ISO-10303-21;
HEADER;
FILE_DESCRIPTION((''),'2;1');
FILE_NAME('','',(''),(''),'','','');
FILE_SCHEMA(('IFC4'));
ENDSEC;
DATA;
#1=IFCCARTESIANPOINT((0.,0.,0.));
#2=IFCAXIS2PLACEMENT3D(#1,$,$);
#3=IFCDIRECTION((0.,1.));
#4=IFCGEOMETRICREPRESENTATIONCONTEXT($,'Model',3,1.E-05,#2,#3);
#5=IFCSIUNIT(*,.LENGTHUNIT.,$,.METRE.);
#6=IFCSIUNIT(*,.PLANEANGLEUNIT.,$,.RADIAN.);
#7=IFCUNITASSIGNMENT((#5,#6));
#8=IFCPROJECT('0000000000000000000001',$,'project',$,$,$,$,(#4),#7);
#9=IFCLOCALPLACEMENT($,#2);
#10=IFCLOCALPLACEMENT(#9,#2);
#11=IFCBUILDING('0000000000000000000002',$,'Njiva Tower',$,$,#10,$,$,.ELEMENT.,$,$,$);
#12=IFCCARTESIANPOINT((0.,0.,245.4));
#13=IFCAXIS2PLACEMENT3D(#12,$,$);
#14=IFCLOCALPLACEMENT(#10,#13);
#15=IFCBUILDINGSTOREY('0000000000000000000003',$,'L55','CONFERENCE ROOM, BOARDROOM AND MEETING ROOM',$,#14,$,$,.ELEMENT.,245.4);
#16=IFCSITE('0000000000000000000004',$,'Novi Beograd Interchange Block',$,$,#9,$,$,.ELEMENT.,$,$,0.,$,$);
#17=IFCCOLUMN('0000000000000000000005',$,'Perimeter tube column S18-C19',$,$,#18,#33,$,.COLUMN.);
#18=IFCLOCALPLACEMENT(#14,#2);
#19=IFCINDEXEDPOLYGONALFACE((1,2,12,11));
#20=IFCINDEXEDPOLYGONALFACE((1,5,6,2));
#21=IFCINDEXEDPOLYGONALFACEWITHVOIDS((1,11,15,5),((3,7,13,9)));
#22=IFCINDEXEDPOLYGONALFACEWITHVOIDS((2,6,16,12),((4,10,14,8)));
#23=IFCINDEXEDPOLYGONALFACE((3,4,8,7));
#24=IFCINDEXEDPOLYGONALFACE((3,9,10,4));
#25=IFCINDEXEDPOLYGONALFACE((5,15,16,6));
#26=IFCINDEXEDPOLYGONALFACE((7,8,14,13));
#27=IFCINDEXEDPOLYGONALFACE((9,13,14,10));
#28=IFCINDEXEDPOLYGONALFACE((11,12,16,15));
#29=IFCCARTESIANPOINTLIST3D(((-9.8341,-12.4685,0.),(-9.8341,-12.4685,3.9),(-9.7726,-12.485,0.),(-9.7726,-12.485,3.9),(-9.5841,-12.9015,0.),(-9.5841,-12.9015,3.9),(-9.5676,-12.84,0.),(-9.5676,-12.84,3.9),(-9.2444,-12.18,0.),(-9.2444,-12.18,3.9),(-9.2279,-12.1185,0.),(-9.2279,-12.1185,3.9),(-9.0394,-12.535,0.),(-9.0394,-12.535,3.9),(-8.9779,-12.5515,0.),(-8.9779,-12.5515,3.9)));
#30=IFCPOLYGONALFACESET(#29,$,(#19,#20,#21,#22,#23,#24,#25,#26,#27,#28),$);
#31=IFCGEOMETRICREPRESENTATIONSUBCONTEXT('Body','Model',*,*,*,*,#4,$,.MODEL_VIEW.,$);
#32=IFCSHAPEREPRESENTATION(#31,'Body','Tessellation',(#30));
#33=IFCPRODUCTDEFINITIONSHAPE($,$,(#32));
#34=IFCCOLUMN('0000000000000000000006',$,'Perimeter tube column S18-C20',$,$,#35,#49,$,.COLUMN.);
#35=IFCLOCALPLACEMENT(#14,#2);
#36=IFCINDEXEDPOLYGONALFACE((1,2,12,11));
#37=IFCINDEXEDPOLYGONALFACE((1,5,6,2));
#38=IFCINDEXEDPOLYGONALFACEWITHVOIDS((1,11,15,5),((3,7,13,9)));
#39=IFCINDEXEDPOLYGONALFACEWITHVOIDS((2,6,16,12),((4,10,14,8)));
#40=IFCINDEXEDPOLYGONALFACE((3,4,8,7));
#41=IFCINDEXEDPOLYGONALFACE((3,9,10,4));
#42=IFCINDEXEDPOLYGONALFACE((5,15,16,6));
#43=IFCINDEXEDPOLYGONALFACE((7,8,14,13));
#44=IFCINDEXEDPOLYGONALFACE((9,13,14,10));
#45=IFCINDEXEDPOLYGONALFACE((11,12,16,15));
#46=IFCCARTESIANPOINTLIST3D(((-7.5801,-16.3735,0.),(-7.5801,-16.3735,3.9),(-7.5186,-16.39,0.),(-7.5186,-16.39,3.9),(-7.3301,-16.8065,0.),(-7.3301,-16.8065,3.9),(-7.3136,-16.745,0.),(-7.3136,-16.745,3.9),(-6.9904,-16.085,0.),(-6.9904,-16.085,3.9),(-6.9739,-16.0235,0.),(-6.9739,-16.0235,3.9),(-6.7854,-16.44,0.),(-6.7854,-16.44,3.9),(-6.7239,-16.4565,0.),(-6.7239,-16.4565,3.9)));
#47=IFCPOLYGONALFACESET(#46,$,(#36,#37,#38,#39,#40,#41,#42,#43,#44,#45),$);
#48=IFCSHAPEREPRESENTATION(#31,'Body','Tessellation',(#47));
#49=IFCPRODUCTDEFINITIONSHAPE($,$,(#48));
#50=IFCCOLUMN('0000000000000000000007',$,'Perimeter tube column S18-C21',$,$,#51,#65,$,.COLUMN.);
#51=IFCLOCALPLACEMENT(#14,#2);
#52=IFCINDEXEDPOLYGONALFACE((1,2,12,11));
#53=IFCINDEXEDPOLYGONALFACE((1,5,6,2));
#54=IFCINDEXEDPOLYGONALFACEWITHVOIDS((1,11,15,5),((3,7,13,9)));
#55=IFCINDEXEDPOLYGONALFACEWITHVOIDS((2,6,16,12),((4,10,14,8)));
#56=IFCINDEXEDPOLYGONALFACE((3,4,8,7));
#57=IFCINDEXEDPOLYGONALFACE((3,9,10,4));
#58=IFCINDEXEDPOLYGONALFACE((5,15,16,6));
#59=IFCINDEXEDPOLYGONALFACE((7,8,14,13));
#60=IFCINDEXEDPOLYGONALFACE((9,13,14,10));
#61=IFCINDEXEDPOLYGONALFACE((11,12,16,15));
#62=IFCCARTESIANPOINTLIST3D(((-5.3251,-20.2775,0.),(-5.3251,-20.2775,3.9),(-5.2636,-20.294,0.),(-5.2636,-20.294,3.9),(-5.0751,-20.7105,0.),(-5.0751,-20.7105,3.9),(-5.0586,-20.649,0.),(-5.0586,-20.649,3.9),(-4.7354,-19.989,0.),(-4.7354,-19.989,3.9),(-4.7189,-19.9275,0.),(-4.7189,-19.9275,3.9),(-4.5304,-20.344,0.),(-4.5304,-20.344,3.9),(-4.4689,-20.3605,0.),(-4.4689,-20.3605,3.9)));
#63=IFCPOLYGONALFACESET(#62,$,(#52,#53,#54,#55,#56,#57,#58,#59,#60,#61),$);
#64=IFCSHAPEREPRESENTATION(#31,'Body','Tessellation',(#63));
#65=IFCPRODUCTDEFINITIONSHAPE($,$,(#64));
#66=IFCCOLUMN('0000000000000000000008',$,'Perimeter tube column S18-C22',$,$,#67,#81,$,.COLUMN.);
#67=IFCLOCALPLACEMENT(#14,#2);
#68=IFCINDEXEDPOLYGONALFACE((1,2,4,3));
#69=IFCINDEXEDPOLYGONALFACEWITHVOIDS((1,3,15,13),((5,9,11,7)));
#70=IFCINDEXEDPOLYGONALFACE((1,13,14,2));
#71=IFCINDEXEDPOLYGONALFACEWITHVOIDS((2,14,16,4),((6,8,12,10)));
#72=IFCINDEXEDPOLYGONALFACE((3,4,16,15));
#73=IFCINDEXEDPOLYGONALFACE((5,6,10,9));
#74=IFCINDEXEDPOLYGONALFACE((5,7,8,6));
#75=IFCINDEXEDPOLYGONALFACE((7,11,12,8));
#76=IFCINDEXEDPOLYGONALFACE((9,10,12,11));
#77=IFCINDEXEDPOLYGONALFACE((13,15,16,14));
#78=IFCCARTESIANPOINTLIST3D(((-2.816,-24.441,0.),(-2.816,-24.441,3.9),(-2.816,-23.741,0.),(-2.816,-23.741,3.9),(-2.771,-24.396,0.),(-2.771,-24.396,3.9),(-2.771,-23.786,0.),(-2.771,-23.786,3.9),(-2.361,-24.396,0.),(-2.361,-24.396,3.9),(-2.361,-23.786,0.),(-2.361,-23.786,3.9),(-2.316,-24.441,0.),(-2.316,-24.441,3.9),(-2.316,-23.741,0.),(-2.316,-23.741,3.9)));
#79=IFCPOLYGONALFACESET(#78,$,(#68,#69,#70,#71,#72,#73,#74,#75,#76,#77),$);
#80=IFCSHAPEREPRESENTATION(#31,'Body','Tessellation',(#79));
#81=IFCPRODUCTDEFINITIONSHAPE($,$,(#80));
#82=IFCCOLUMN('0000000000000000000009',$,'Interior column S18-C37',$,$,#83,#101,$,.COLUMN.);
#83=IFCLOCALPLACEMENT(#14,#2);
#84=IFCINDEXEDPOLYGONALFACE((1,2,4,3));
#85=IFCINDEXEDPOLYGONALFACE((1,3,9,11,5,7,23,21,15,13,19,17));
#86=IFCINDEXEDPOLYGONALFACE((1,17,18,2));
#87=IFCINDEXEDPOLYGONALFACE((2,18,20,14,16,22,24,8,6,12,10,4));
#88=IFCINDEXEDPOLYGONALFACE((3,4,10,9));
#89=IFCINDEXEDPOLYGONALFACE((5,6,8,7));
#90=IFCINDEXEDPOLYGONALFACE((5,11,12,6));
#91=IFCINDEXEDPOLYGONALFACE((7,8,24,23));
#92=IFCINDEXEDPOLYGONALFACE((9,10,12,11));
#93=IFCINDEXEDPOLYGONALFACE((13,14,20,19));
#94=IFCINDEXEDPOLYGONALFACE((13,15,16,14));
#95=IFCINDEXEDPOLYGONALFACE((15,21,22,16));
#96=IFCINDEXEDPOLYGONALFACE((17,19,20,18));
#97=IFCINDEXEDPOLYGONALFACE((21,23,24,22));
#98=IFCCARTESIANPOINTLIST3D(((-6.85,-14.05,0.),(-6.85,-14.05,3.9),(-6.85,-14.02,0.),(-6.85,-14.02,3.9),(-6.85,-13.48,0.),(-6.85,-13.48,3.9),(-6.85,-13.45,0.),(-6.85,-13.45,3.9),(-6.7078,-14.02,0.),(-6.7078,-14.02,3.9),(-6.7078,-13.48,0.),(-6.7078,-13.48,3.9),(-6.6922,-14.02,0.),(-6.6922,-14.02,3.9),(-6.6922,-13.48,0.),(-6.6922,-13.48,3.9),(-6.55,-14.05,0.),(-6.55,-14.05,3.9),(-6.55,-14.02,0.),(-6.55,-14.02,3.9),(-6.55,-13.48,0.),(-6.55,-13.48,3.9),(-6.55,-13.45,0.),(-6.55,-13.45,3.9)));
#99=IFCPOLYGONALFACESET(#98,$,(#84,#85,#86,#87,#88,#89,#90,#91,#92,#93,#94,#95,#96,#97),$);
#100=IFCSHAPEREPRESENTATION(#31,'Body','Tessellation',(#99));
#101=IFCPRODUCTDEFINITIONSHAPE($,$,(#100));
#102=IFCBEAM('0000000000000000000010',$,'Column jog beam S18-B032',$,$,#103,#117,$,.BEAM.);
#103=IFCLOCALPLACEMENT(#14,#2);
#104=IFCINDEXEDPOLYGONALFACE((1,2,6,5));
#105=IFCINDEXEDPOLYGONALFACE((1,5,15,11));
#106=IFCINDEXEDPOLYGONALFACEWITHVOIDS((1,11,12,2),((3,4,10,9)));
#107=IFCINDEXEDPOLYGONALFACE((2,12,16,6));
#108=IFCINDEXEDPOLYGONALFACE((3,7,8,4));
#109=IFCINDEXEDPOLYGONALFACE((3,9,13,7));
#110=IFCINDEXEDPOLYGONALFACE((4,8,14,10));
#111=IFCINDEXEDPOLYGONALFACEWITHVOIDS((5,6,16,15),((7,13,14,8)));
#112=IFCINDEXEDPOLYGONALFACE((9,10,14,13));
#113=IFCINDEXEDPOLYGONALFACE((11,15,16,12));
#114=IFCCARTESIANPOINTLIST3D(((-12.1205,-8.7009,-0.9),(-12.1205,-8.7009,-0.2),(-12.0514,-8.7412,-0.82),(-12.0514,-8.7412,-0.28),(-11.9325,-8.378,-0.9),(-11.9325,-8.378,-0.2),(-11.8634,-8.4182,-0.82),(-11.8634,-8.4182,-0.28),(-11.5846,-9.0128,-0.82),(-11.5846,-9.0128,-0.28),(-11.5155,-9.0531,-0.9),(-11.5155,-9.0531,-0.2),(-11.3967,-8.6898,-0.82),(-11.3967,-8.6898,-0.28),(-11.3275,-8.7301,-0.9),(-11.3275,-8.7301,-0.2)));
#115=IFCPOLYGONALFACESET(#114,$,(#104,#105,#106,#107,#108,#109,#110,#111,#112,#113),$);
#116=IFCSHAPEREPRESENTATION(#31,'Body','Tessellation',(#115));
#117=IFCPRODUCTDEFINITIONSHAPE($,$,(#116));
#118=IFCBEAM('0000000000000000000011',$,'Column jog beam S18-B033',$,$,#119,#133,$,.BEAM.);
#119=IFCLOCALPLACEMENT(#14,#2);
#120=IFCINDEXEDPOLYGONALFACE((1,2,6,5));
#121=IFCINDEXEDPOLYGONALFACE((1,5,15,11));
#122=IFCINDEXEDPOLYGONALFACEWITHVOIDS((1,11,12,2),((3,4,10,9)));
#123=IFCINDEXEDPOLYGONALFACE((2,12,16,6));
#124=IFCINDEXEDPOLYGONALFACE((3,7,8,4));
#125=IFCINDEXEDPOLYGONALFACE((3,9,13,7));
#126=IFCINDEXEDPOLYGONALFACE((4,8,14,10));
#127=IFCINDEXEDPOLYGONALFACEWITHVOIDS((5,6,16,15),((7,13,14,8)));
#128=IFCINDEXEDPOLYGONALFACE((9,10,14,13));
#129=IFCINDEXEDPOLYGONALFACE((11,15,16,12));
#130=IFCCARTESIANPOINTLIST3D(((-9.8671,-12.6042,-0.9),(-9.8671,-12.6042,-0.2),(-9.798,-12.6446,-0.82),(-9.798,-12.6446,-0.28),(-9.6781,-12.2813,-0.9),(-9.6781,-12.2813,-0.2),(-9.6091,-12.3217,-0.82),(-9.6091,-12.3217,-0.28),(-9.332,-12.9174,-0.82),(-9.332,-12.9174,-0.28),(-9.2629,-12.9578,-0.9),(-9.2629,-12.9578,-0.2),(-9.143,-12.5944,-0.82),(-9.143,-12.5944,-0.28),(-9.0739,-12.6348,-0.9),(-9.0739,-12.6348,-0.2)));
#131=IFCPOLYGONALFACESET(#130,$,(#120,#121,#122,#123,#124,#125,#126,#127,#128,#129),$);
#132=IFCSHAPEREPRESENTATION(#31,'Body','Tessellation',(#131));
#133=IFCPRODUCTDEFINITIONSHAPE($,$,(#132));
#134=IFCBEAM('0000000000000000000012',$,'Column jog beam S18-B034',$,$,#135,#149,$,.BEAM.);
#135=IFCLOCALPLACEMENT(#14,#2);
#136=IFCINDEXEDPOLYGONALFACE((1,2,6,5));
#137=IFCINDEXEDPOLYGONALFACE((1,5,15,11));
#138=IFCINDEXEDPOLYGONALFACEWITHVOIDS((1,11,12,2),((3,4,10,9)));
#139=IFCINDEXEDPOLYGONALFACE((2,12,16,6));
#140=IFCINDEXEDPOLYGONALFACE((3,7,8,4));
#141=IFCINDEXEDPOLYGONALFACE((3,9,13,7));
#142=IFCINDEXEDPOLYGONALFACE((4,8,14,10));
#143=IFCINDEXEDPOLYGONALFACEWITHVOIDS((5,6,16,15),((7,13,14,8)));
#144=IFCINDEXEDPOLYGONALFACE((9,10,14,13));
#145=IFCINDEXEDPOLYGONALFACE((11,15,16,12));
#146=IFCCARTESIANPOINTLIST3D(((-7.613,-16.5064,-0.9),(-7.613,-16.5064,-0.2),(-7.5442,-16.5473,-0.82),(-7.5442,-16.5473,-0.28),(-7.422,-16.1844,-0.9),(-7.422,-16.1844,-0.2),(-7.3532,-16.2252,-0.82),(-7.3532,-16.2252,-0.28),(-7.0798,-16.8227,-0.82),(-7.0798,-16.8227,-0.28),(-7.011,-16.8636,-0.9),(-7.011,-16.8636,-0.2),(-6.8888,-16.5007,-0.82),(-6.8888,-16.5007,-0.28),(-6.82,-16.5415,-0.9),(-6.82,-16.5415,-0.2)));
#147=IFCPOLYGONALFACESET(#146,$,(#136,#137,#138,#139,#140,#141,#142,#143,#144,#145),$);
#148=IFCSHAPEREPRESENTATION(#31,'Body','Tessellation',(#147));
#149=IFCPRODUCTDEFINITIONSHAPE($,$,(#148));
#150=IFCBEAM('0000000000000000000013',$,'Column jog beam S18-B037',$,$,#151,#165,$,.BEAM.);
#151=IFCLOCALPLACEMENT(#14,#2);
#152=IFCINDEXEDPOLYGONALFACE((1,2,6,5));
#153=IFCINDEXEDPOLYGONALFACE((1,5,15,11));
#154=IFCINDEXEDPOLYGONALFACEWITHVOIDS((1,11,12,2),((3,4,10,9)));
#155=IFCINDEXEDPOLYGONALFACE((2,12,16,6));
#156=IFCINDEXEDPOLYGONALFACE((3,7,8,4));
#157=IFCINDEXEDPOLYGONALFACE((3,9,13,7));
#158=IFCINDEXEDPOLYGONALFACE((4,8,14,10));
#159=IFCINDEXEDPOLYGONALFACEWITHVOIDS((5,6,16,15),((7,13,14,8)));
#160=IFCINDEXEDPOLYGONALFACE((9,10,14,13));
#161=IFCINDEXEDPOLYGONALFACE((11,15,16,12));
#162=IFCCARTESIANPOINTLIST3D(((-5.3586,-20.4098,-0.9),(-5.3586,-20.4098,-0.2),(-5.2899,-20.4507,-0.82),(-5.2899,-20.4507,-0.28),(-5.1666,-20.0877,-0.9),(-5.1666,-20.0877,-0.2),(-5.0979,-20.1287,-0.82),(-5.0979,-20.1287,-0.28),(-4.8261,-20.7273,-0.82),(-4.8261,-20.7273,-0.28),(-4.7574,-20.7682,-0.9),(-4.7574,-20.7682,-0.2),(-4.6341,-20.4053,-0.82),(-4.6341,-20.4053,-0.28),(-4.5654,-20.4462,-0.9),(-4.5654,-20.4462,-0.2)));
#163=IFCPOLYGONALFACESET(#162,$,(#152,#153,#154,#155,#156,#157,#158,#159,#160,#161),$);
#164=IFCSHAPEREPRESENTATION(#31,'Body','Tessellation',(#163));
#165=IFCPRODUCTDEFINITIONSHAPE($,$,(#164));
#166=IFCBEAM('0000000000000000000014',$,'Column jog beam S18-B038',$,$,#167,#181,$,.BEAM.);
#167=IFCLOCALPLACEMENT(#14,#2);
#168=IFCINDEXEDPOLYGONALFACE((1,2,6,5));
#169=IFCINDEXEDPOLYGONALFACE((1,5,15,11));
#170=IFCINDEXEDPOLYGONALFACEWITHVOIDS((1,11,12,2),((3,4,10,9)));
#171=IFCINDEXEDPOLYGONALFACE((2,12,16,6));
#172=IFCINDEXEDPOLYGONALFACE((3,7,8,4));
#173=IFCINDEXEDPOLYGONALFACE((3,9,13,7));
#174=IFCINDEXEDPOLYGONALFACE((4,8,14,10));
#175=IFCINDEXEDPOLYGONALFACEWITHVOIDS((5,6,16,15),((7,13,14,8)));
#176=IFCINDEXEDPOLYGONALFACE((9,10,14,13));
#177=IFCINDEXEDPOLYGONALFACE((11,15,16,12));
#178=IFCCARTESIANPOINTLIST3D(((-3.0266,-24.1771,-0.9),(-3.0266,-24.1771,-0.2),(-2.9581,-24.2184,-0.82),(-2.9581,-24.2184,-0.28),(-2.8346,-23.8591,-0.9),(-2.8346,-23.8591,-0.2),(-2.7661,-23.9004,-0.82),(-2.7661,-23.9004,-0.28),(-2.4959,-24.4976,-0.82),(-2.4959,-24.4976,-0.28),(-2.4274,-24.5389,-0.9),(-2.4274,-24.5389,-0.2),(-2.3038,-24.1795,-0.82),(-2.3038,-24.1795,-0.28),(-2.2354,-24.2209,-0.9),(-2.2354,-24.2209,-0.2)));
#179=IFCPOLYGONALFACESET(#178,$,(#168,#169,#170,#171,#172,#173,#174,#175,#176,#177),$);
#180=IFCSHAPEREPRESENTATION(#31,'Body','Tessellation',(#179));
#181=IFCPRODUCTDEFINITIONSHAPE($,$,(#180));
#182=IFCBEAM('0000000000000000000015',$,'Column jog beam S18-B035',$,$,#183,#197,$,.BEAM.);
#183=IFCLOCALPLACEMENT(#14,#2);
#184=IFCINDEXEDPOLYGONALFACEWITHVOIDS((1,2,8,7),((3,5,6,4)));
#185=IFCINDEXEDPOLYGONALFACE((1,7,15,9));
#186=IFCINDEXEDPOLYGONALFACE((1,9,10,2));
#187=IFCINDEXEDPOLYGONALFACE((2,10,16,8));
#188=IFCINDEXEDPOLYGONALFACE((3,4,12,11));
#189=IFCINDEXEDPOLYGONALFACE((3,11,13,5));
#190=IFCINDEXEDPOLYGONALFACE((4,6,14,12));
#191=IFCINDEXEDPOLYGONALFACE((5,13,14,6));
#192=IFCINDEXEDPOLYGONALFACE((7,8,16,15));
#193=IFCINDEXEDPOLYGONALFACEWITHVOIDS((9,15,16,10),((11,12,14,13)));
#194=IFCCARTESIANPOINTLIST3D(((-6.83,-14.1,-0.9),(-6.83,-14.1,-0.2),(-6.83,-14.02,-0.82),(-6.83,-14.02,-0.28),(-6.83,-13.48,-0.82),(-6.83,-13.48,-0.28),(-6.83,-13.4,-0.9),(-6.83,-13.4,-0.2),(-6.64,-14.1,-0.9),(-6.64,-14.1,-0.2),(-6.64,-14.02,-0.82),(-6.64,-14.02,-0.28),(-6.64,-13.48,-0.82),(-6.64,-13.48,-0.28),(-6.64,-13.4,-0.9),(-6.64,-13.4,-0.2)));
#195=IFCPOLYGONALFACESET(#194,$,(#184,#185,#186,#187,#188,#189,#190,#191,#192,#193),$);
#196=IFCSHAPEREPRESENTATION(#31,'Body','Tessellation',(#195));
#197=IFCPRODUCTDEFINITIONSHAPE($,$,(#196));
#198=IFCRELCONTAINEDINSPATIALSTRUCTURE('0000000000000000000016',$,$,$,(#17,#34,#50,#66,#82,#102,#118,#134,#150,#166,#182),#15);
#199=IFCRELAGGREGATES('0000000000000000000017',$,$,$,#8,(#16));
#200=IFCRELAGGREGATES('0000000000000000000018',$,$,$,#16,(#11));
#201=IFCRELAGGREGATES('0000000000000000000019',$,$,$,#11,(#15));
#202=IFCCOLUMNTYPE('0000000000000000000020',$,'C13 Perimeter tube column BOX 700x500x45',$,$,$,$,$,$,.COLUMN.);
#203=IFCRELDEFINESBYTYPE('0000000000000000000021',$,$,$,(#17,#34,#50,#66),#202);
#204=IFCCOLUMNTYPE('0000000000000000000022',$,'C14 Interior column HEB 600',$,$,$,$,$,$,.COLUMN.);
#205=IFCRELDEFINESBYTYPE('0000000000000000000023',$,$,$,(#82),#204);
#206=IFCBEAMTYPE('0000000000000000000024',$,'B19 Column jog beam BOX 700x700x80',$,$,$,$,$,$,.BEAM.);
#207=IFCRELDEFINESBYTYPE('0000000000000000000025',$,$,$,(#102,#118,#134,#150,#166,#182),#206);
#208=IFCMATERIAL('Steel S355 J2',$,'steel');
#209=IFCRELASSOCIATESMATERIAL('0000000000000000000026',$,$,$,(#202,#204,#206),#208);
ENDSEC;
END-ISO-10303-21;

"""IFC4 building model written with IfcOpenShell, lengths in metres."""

from ifc_helpers import new_model, si_unit, direction, frame, origin, origin_2d, place, context, subcontext, project, spatial, hollow_rectangle, i_section, extrude, material, material_profile, profile_set, type_object, element, save


model = new_model("IFC4")

# Units and contexts
model_context = context("Model", 3, precision=1e-05, world=origin(), true_north=direction((0.0, 1.0)))
body_context = subcontext(model_context, "Body", "Model", "MODEL_VIEW")
ifc_project = project(units=[si_unit("LENGTHUNIT", "METRE"), si_unit("PLANEANGLEUNIT", "RADIAN")], contexts=[model_context])

# Site, building, storey
site_placement = place(None, origin())
site = spatial("IfcSite", under=ifc_project, at=site_placement, Name="Novi Beograd Interchange Block", CompositionType="ELEMENT", RefElevation=0.0)
building_placement = place(site_placement, origin())
building = spatial("IfcBuilding", under=site, at=building_placement, Name="Njiva Tower", CompositionType="ELEMENT")
storey_placement = place(building_placement, frame((0.0, 0.0, 245.4)))
storey = spatial("IfcBuildingStorey", under=building, at=storey_placement, Name="L55", Description="CONFERENCE ROOM, BOARDROOM AND MEETING ROOM", CompositionType="ELEMENT", Elevation=245.4)

# Columns
ifc_material_1 = material(Name="Steel S355 J2", Category="steel")
ifc_material_profile_1 = material_profile(ifc_material_1, hollow_rectangle(XDim=0.5, YDim=0.7, WallThickness=0.045, at=origin_2d()), Name="BOX 700x500x45")
ifc_profile_set_1 = profile_set([ifc_material_profile_1], Name="Steel S355 J2")
column_type_1 = type_object("IfcColumnType", Name="C13 Perimeter tube column BOX 700x500x45", PredefinedType="COLUMN", material=ifc_profile_set_1)
for number, where, z_axis, x_axis, name in (
    (1, (-9.406, -12.51, 0.0), (0.0, 0.0, 1.0), (0.5, -0.866025, 0.0), "Perimeter tube column S18-C19"),
    (2, (-7.152, -16.415, 0.0), (0.0, 0.0, 1.0), (0.5, -0.866025, 0.0), "Perimeter tube column S18-C20"),
    (3, (-4.897, -20.319, 0.0), (0.0, 0.0, 1.0), (0.5, -0.866025, 0.0), "Perimeter tube column S18-C21"),
    (4, (-2.566, -24.091, 0.0), (0.0, 0.0, 1.0), (1.0, 0.0, 0.0), "Perimeter tube column S18-C22"),
):
    element("IfcColumn", number, at=place(storey_placement, frame(where, z_axis=z_axis, x_axis=x_axis)), inside=storey, type_object=column_type_1, Name=name, PredefinedType="COLUMN", context=body_context, shape_type="SweptSolid", body=[
        extrude(hollow_rectangle(XDim=0.5, YDim=0.7, WallThickness=0.045, at=origin_2d()), origin(), (0.0, 0.0, 1.0), 3.9),
    ])
ifc_material_profile_2 = material_profile(ifc_material_1, i_section(OverallWidth=0.3, OverallDepth=0.6, WebThickness=0.0155, FlangeThickness=0.03, at=origin_2d()), Name="HEB 600")
ifc_profile_set_2 = profile_set([ifc_material_profile_2], Name="Steel S355 J2")
column_type_2 = type_object("IfcColumnType", Name="C14 Interior column HEB 600", PredefinedType="COLUMN", material=ifc_profile_set_2)
column_placement = place(storey_placement, frame((-6.7, -13.75, 0.0), z_axis=(0.0, 0.0, 1.0), x_axis=(1.0, 0.0, 0.0)))
element("IfcColumn", 5, at=column_placement, inside=storey, type_object=column_type_2, Name="Interior column S18-C37", PredefinedType="COLUMN", context=body_context, shape_type="SweptSolid", body=[
    extrude(i_section(OverallWidth=0.3, OverallDepth=0.6, WebThickness=0.0155, FlangeThickness=0.03, at=origin_2d()), origin(), (0.0, 0.0, 1.0), 3.9),
])

# Beams
ifc_material_profile_3 = material_profile(ifc_material_1, hollow_rectangle(XDim=0.7, YDim=0.7, WallThickness=0.08, at=origin_2d()), Name="BOX 700x700x80")
ifc_profile_set_3 = profile_set([ifc_material_profile_3], Name="Steel S355 J2")
beam_type_1 = type_object("IfcBeamType", Name="B19 Column jog beam BOX 700x700x80", PredefinedType="BEAM", material=ifc_profile_set_3)
beam_1_placement = place(storey_placement, frame((-11.818, -8.877, -0.55), z_axis=(0.503039, 0.864264, 0.0), x_axis=(-0.864264, 0.503039, 0.0)))
element("IfcBeam", 6, at=beam_1_placement, inside=storey, type_object=beam_type_1, Name="Column jog beam S18-B032", PredefinedType="BEAM", context=body_context, shape_type="SweptSolid", body=[
    extrude(hollow_rectangle(XDim=0.7, YDim=0.7, WallThickness=0.08, at=origin_2d()), origin(), (0.0, 0.0, 1.0), 0.3737),
])
beam_2_placement = place(storey_placement, frame((-9.565, -12.781, -0.55), z_axis=(0.505034, 0.8631, 0.0), x_axis=(-0.8631, 0.505034, 0.0)))
element("IfcBeam", 7, at=beam_2_placement, inside=storey, type_object=beam_type_1, Name="Column jog beam S18-B033", PredefinedType="BEAM", context=body_context, shape_type="SweptSolid", body=[
    extrude(hollow_rectangle(XDim=0.7, YDim=0.7, WallThickness=0.08, at=origin_2d()), origin(), (0.0, 0.0, 1.0), 0.3742),
])
beam_3_placement = place(storey_placement, frame((-7.312, -16.685, -0.55), z_axis=(0.510168, 0.860075, 0.0), x_axis=(-0.860075, 0.510168, 0.0)))
element("IfcBeam", 8, at=beam_3_placement, inside=storey, type_object=beam_type_1, Name="Column jog beam S18-B034", PredefinedType="BEAM", context=body_context, shape_type="SweptSolid", body=[
    extrude(hollow_rectangle(XDim=0.7, YDim=0.7, WallThickness=0.08, at=origin_2d()), origin(), (0.0, 0.0, 1.0), 0.3744),
])
beam_4_placement = place(storey_placement, frame((-5.058, -20.589, -0.55), z_axis=(0.51214, 0.858902, 0.0), x_axis=(-0.858902, 0.51214, 0.0)))
element("IfcBeam", 9, at=beam_4_placement, inside=storey, type_object=beam_type_1, Name="Column jog beam S18-B037", PredefinedType="BEAM", context=body_context, shape_type="SweptSolid", body=[
    extrude(hollow_rectangle(XDim=0.7, YDim=0.7, WallThickness=0.08, at=origin_2d()), origin(), (0.0, 0.0, 1.0), 0.3749),
])
beam_5_placement = place(storey_placement, frame((-2.727, -24.358, -0.55), z_axis=(0.516869, 0.856064, 0.0), x_axis=(-0.856064, 0.516869, 0.0)))
element("IfcBeam", 10, at=beam_5_placement, inside=storey, type_object=beam_type_1, Name="Column jog beam S18-B038", PredefinedType="BEAM", context=body_context, shape_type="SweptSolid", body=[
    extrude(hollow_rectangle(XDim=0.7, YDim=0.7, WallThickness=0.08, at=origin_2d()), origin(), (0.0, 0.0, 1.0), 0.3715),
])
beam_6_placement = place(storey_placement, frame((-6.83, -13.75, -0.55), z_axis=(1.0, 0.0, 0.0), x_axis=(0.0, 1.0, 0.0)))
element("IfcBeam", 11, at=beam_6_placement, inside=storey, type_object=beam_type_1, Name="Column jog beam S18-B035", PredefinedType="BEAM", context=body_context, shape_type="SweptSolid", body=[
    extrude(hollow_rectangle(XDim=0.7, YDim=0.7, WallThickness=0.08, at=origin_2d()), origin(), (0.0, 0.0, 1.0), 0.19),
])

save(model, "model.ifc")
